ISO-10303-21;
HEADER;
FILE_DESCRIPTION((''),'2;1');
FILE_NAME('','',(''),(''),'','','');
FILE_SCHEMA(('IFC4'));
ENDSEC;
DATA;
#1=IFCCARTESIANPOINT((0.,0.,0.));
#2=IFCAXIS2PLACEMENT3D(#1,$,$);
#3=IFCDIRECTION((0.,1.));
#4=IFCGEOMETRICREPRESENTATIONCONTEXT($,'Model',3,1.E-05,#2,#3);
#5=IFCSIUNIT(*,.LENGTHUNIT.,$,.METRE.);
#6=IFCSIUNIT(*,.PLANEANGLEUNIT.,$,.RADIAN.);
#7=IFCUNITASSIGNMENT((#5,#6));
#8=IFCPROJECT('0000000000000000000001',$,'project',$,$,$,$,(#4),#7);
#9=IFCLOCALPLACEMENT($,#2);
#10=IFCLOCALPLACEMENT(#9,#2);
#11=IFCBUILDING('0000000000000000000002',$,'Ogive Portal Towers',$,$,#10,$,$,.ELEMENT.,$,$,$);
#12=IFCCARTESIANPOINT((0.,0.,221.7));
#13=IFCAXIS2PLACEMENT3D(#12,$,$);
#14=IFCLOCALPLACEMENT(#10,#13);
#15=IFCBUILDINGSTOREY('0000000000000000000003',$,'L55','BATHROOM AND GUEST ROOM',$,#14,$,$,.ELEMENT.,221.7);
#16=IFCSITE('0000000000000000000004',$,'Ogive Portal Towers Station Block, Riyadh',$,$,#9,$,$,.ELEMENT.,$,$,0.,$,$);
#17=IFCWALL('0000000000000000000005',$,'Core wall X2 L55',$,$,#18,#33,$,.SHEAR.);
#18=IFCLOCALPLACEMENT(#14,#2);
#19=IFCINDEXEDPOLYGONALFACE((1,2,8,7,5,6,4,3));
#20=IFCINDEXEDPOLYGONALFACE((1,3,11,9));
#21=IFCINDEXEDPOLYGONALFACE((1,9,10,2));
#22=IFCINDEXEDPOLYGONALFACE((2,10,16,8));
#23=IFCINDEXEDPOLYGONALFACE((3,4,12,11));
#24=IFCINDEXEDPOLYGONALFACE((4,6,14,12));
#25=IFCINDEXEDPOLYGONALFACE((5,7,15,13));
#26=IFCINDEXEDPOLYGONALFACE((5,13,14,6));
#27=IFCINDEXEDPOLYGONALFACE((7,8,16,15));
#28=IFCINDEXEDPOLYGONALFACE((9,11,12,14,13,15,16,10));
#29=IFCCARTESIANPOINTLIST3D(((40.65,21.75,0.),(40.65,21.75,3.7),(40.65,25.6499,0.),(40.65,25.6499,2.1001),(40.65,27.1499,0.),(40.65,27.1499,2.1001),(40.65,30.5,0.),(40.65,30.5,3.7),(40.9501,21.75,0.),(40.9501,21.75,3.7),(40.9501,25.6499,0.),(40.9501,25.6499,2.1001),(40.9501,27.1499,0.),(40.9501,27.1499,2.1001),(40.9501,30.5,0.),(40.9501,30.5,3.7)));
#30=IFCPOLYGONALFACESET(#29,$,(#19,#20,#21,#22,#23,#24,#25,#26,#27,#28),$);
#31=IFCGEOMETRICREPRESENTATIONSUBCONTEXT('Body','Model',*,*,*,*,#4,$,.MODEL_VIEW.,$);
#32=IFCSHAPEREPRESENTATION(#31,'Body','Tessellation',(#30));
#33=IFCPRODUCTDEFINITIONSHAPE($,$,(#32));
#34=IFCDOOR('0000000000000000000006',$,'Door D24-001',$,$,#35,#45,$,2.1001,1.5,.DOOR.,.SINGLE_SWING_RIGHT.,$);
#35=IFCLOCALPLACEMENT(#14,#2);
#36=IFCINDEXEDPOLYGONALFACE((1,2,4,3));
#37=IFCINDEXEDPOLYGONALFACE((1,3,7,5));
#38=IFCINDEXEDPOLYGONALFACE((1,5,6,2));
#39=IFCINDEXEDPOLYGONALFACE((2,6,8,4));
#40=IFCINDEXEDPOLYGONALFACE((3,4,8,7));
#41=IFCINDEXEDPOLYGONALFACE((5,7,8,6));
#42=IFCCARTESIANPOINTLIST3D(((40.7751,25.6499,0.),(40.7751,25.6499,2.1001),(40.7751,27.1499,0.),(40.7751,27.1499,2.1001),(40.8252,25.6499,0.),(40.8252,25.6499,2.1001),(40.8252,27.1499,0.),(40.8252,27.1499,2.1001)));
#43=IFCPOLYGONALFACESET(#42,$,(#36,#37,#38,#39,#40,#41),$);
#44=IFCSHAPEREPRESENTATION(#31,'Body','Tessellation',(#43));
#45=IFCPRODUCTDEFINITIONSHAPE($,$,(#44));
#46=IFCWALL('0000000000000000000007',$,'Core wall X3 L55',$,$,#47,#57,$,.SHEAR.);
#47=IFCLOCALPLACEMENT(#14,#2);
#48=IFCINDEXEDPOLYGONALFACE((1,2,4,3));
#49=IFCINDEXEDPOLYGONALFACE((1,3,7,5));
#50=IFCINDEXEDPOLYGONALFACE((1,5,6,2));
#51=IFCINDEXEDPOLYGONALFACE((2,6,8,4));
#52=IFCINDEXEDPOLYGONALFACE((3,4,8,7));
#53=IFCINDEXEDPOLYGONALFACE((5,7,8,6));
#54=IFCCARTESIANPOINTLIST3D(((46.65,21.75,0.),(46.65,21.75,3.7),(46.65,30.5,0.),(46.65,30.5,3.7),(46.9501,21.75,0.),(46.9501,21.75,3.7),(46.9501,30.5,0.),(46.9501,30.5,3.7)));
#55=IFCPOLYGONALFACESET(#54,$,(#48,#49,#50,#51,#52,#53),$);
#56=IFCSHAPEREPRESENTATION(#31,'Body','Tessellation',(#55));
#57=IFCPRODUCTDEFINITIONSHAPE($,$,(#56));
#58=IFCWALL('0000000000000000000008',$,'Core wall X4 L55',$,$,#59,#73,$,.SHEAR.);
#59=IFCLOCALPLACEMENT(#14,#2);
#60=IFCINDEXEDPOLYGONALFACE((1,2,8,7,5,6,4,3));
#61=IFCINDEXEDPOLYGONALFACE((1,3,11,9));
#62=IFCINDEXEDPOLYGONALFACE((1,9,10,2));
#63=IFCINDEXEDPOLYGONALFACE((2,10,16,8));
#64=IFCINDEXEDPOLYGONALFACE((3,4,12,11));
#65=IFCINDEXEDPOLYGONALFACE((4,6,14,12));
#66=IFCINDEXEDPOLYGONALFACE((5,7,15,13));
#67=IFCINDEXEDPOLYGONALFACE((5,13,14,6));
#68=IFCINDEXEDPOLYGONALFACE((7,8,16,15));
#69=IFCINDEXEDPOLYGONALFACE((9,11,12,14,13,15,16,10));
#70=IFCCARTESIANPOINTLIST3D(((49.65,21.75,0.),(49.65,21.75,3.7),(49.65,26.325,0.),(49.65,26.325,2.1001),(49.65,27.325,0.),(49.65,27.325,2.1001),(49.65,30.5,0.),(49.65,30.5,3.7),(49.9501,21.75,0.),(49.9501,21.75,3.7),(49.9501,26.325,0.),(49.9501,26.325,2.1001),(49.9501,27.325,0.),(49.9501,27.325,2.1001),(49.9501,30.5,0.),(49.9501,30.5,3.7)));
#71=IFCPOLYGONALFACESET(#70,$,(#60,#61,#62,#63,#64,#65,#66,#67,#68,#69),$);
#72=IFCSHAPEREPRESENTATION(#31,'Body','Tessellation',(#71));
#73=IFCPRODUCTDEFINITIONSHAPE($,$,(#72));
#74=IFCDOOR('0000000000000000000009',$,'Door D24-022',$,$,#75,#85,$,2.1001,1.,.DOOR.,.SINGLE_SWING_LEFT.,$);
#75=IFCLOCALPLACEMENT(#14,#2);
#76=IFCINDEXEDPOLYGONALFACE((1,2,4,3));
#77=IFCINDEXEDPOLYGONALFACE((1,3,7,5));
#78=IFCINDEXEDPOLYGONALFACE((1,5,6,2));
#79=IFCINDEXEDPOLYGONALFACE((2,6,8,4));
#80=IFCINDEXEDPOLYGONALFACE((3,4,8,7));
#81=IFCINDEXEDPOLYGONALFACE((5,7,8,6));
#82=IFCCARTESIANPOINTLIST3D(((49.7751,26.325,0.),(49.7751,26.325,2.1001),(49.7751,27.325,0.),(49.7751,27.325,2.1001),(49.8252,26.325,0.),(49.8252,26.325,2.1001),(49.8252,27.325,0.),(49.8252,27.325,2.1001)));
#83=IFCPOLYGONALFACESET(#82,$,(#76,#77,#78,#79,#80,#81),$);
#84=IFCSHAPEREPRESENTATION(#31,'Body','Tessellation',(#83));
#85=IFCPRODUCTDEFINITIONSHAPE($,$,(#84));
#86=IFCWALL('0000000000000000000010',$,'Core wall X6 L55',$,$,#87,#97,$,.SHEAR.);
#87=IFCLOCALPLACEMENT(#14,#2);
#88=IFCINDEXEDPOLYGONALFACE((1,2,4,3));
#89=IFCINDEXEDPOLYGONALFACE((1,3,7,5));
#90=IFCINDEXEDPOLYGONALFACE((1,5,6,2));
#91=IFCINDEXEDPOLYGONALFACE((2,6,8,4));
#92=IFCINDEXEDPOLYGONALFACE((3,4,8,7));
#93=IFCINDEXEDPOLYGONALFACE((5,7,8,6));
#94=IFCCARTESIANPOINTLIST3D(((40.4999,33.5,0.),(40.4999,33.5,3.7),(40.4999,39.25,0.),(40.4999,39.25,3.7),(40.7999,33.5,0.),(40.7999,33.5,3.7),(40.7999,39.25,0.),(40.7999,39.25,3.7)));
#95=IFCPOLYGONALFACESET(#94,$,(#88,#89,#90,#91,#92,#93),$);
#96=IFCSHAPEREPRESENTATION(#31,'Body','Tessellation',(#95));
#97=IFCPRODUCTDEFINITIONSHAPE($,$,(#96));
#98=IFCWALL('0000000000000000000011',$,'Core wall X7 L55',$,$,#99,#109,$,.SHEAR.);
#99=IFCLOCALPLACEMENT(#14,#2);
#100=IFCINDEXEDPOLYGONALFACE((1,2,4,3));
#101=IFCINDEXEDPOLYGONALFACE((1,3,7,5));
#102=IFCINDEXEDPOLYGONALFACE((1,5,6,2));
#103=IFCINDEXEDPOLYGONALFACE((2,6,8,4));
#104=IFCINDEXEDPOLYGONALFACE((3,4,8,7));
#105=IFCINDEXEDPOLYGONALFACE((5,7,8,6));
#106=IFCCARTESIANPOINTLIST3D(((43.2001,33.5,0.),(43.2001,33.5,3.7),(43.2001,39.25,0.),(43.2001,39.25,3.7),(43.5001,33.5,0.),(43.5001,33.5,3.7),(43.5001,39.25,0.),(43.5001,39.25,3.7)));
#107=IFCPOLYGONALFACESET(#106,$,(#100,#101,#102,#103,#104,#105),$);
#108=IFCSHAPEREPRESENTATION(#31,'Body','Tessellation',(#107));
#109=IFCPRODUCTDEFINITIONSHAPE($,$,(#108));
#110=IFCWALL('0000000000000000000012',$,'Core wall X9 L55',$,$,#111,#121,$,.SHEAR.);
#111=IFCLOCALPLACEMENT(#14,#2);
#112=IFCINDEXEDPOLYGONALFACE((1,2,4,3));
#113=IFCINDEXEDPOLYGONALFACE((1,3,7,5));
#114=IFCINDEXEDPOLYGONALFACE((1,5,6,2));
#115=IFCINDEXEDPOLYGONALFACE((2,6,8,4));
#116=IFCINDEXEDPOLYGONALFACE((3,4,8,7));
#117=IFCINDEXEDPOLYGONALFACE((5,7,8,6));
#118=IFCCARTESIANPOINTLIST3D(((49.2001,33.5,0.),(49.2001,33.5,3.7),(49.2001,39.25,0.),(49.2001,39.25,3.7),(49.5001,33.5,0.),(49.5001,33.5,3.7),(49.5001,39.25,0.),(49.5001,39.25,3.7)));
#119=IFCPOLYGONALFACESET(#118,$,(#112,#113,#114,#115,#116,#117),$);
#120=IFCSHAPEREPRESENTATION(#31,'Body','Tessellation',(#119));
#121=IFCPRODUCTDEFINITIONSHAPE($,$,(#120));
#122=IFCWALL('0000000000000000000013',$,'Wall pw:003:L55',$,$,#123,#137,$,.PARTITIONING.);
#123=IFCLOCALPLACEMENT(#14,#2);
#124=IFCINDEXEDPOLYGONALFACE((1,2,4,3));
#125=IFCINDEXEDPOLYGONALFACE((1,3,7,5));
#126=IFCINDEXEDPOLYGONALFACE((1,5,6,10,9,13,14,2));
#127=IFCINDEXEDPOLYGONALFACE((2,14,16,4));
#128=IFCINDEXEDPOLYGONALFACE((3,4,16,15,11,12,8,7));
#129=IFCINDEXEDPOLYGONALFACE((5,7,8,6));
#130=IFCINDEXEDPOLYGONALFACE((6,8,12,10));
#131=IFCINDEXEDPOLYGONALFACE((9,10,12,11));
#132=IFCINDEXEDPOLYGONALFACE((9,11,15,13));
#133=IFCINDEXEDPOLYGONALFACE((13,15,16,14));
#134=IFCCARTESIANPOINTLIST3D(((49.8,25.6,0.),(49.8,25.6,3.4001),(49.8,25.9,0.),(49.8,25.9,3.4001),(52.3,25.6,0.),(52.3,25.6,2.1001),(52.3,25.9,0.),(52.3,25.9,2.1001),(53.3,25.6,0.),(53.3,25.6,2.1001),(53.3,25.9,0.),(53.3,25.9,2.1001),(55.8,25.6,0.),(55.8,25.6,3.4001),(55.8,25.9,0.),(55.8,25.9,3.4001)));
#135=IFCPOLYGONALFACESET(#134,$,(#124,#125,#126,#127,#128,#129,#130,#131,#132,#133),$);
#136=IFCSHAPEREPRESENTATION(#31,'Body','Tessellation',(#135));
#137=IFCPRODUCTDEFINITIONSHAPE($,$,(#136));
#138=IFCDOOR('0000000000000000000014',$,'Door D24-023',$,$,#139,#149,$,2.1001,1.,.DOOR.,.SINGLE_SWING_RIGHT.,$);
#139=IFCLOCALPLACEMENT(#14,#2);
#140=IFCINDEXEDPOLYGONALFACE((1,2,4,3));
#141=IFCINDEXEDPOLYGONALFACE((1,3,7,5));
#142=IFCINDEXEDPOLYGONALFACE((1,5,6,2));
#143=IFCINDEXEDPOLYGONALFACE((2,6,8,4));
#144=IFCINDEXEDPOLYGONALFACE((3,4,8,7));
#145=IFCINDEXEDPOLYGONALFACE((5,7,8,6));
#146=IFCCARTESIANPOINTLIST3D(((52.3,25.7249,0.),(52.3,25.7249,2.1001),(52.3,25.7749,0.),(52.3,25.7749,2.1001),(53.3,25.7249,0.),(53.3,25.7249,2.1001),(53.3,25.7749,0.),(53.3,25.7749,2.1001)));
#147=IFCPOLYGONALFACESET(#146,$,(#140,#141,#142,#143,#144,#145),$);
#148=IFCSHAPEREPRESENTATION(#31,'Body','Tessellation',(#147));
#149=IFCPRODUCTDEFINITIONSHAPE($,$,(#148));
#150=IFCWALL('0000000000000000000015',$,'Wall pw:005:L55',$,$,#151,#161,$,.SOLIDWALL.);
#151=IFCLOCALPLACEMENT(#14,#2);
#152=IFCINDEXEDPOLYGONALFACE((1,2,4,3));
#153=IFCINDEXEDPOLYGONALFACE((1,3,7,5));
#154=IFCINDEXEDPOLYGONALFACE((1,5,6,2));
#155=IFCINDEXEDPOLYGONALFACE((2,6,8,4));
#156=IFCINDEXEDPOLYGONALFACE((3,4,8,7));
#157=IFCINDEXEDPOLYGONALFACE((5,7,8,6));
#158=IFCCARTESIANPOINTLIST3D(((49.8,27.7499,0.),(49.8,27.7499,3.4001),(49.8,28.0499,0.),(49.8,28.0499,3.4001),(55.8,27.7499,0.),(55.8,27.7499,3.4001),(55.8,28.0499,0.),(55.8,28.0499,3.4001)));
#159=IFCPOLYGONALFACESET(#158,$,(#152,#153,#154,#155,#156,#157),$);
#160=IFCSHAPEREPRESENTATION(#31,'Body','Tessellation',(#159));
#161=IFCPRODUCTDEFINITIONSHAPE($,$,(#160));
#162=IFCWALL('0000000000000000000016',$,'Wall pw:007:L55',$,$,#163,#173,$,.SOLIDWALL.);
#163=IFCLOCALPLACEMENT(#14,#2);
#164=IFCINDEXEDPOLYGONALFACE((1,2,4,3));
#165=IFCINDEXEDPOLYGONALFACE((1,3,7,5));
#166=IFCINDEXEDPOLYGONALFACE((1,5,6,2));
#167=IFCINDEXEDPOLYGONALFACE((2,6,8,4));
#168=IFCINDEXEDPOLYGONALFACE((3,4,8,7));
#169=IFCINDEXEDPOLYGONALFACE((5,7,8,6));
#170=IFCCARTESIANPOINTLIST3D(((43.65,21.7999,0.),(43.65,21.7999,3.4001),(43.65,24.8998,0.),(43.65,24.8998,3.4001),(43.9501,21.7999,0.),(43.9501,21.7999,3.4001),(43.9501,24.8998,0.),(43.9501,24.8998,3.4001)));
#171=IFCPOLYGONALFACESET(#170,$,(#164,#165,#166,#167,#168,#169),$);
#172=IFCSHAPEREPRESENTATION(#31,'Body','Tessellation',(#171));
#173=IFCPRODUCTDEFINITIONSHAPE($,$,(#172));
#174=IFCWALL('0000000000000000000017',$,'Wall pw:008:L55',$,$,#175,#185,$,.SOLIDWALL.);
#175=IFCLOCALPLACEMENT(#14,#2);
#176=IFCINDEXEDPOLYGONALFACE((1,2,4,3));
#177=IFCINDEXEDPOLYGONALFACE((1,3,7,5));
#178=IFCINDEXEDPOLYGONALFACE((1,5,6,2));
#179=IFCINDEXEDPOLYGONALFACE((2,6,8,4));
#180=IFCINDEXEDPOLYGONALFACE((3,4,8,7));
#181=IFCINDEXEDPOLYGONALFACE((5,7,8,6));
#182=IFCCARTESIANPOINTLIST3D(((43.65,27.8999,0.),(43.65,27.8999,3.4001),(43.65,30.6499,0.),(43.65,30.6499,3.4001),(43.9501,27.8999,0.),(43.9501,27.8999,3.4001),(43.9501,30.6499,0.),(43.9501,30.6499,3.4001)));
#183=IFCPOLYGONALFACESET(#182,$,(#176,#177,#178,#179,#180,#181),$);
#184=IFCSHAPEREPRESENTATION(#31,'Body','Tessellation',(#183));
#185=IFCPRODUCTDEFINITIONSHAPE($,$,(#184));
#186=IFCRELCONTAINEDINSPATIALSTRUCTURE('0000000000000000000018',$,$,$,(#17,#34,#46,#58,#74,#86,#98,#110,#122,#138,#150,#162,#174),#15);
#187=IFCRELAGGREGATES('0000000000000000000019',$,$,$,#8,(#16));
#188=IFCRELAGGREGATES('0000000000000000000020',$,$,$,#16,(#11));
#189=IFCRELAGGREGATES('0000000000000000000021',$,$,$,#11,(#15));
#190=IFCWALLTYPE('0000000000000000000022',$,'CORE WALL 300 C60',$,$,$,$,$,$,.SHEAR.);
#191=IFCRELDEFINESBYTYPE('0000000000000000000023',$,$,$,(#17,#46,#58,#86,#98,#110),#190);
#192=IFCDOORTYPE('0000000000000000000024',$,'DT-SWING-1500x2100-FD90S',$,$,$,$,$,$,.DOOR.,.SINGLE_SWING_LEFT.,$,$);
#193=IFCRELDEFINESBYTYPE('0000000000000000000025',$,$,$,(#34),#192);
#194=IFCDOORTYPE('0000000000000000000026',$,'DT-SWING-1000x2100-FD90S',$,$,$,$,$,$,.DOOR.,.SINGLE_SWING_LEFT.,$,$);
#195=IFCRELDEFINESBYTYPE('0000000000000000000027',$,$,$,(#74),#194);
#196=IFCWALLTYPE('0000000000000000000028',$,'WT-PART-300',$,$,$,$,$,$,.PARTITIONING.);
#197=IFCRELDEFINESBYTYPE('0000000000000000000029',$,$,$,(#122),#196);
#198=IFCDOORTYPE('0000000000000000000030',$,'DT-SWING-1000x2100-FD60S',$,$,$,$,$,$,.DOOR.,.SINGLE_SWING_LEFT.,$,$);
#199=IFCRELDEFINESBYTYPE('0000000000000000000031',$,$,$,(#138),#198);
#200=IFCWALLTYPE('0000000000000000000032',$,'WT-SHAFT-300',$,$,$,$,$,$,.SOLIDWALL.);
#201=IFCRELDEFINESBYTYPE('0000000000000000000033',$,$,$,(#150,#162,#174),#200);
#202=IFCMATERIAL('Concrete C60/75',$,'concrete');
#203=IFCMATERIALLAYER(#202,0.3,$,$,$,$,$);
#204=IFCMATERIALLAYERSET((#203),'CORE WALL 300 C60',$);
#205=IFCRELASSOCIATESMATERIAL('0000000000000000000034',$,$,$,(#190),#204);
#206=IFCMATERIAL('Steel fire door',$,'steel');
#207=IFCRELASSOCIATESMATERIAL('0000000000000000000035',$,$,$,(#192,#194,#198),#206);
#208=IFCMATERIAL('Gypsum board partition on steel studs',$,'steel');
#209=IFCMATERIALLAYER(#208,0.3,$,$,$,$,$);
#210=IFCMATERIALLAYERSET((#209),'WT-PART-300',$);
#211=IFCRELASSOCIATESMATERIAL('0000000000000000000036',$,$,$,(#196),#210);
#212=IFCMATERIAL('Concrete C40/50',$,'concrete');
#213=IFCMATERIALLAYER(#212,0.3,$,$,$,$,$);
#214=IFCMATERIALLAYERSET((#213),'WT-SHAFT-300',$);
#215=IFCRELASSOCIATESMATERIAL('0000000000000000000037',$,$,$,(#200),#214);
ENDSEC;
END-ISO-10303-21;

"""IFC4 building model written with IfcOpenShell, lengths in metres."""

from ifc_helpers import new_model, si_unit, direction, frame, frame_2d, origin, place, context, subcontext, project, spatial, rectangle, extrude, material, layer, layer_set, type_object, element, fill, save


model = new_model("IFC4")

# Units and contexts
model_context = context("Model", 3, precision=1e-05, world=origin(), true_north=direction((0.0, 1.0)))
body_context = subcontext(model_context, "Body", "Model", "MODEL_VIEW")
ifc_project = project(units=[si_unit("LENGTHUNIT", "METRE"), si_unit("PLANEANGLEUNIT", "RADIAN")], contexts=[model_context])

# Site, building, storey
site_placement = place(None, origin())
site = spatial("IfcSite", under=ifc_project, at=site_placement, Name="Ogive Portal Towers Station Block, Riyadh", CompositionType="ELEMENT", RefElevation=0.0)
building_placement = place(site_placement, origin())
building = spatial("IfcBuilding", under=site, at=building_placement, Name="Ogive Portal Towers", CompositionType="ELEMENT")
storey_placement = place(building_placement, frame((0.0, 0.0, 221.7)))
storey = spatial("IfcBuildingStorey", under=building, at=storey_placement, Name="L55", Description="BATHROOM AND GUEST ROOM", CompositionType="ELEMENT", Elevation=221.7)

# Wall, opening, door
ifc_material_1 = material(Name="Concrete C60/75", Category="concrete")
ifc_layer_1 = layer(ifc_material_1, 0.3)
ifc_layer_set_1 = layer_set([ifc_layer_1], Name="CORE WALL 300 C60")
wall_type_1 = type_object("IfcWallType", Name="CORE WALL 300 C60", PredefinedType="SHEAR", material=ifc_layer_set_1)
wall_1_placement = place(storey_placement, frame((40.8, 21.75, 0.0), z_axis=(0.0, 0.0, 1.0), x_axis=(0.0, 1.0, 0.0)))
wall_1 = element("IfcWall", 1, at=wall_1_placement, inside=storey, type_object=wall_type_1, Name="Core wall X2 L55", PredefinedType="SHEAR", context=body_context, shape_type="SweptSolid", body=[
    extrude(rectangle(XDim=8.75, YDim=0.3, at=frame_2d((4.375, 0.0))), origin(), (0.0, 0.0, 1.0), 3.7),
])
opening_1_placement = place(wall_1_placement, frame((3.8999, 0.0, 0.0)))
opening_1 = element("IfcOpeningElement", 2, at=opening_1_placement, cuts=wall_1, PredefinedType="OPENING", context=body_context, shape_type="SweptSolid", body=[
    extrude(rectangle(XDim=1.5, YDim=2.1001, at=frame_2d((0.75, 1.05))), frame((0.0, 0.1602, 0.0), z_axis=(0.0, -1.0, 0.0), x_axis=(1.0, 0.0, 0.0)), (0.0, 0.0, 1.0), 0.3201),
])
ifc_material_2 = material(Name="Steel fire door", Category="steel")
door_type_1 = type_object("IfcDoorType", Name="DT-SWING-1500x2100-FD90S", OperationType="SINGLE_SWING_LEFT", PredefinedType="DOOR", material=ifc_material_2)
door_1_placement = place(opening_1_placement, origin())
door_1 = element("IfcDoor", 3, at=door_1_placement, inside=storey, type_object=door_type_1, Name="Door D24-001", OperationType="SINGLE_SWING_RIGHT", OverallHeight=2.1001, OverallWidth=1.5, PredefinedType="DOOR", context=body_context, shape_type="SweptSolid", body=[
    extrude(rectangle(XDim=1.5, YDim=2.1001, at=frame_2d((0.75, 1.05))), frame((0.0, 0.0249, 0.0), z_axis=(0.0, -1.0, 0.0), x_axis=(1.0, 0.0, 0.0)), (0.0, 0.0, 1.0), 0.05),
])
fill(opening_1, door_1)

# Wall
wall_2_placement = place(storey_placement, frame((46.8, 21.75, 0.0), z_axis=(0.0, 0.0, 1.0), x_axis=(0.0, 1.0, 0.0)))
element("IfcWall", 4, at=wall_2_placement, inside=storey, type_object=wall_type_1, Name="Core wall X3 L55", PredefinedType="SHEAR", context=body_context, shape_type="SweptSolid", body=[
    extrude(rectangle(XDim=8.75, YDim=0.3, at=frame_2d((4.375, 0.0))), origin(), (0.0, 0.0, 1.0), 3.7),
])

# Wall, opening, door
wall_3_placement = place(storey_placement, frame((49.8, 21.75, 0.0), z_axis=(0.0, 0.0, 1.0), x_axis=(0.0, 1.0, 0.0)))
wall_3 = element("IfcWall", 5, at=wall_3_placement, inside=storey, type_object=wall_type_1, Name="Core wall X4 L55", PredefinedType="SHEAR", context=body_context, shape_type="SweptSolid", body=[
    extrude(rectangle(XDim=8.75, YDim=0.3, at=frame_2d((4.375, 0.0))), origin(), (0.0, 0.0, 1.0), 3.7),
])
opening_2_placement = place(wall_3_placement, frame((4.575, 0.0, 0.0)))
opening_2 = element("IfcOpeningElement", 6, at=opening_2_placement, cuts=wall_3, PredefinedType="OPENING", context=body_context, shape_type="SweptSolid", body=[
    extrude(rectangle(XDim=1.0, YDim=2.1001, at=frame_2d((0.5, 1.05))), frame((0.0, 0.1602, 0.0), z_axis=(0.0, -1.0, 0.0), x_axis=(1.0, 0.0, 0.0)), (0.0, 0.0, 1.0), 0.3201),
])
door_type_2 = type_object("IfcDoorType", Name="DT-SWING-1000x2100-FD90S", OperationType="SINGLE_SWING_LEFT", PredefinedType="DOOR", material=ifc_material_2)
door_2_placement = place(opening_2_placement, origin())
door_2 = element("IfcDoor", 7, at=door_2_placement, inside=storey, type_object=door_type_2, Name="Door D24-022", OperationType="SINGLE_SWING_LEFT", OverallHeight=2.1001, OverallWidth=1.0, PredefinedType="DOOR", context=body_context, shape_type="SweptSolid", body=[
    extrude(rectangle(XDim=1.0, YDim=2.1001, at=frame_2d((0.5, 1.05))), frame((0.0, 0.0249, 0.0), z_axis=(0.0, -1.0, 0.0), x_axis=(1.0, 0.0, 0.0)), (0.0, 0.0, 1.0), 0.05),
])
fill(opening_2, door_2)

# Walls
for number, where, z_axis, x_axis, name in (
    (8, (40.6499, 33.5, 0.0), (0.0, 0.0, 1.0), (0.0, 1.0, 0.0), "Core wall X6 L55"),
    (9, (43.3501, 33.5, 0.0), (0.0, 0.0, 1.0), (0.0, 1.0, 0.0), "Core wall X7 L55"),
    (10, (49.3501, 33.5, 0.0), (0.0, 0.0, 1.0), (0.0, 1.0, 0.0), "Core wall X9 L55"),
):
    element("IfcWall", number, at=place(storey_placement, frame(where, z_axis=z_axis, x_axis=x_axis)), inside=storey, type_object=wall_type_1, Name=name, PredefinedType="SHEAR", context=body_context, shape_type="SweptSolid", body=[
        extrude(rectangle(XDim=5.75, YDim=0.3, at=frame_2d((2.875, 0.0))), origin(), (0.0, 0.0, 1.0), 3.7),
    ])

# Wall, opening, door
ifc_material_3 = material(Name="Gypsum board partition on steel studs", Category="steel")
ifc_layer_2 = layer(ifc_material_3, 0.3)
ifc_layer_set_2 = layer_set([ifc_layer_2], Name="WT-PART-300")
wall_type_2 = type_object("IfcWallType", Name="WT-PART-300", PredefinedType="PARTITIONING", material=ifc_layer_set_2)
wall_4_placement = place(storey_placement, frame((49.8, 25.75, 0.0), z_axis=(0.0, 0.0, 1.0), x_axis=(1.0, 0.0, 0.0)))
wall_4 = element("IfcWall", 11, at=wall_4_placement, inside=storey, type_object=wall_type_2, Name="Wall pw:003:L55", PredefinedType="PARTITIONING", context=body_context, shape_type="SweptSolid", body=[
    extrude(rectangle(XDim=6.0, YDim=0.3, at=frame_2d((3.0, 0.0))), origin(), (0.0, 0.0, 1.0), 3.4001),
])
opening_3_placement = place(wall_4_placement, frame((2.5, 0.0, 0.0)))
opening_3 = element("IfcOpeningElement", 12, at=opening_3_placement, cuts=wall_4, PredefinedType="OPENING", context=body_context, shape_type="SweptSolid", body=[
    extrude(rectangle(XDim=1.0, YDim=2.1001, at=frame_2d((0.5, 1.05))), frame((0.0, 0.1602, 0.0), z_axis=(0.0, -1.0, 0.0), x_axis=(1.0, 0.0, 0.0)), (0.0, 0.0, 1.0), 0.3201),
])
door_type_3 = type_object("IfcDoorType", Name="DT-SWING-1000x2100-FD60S", OperationType="SINGLE_SWING_LEFT", PredefinedType="DOOR", material=ifc_material_2)
door_3_placement = place(opening_3_placement, origin())
door_3 = element("IfcDoor", 13, at=door_3_placement, inside=storey, type_object=door_type_3, Name="Door D24-023", OperationType="SINGLE_SWING_RIGHT", OverallHeight=2.1001, OverallWidth=1.0, PredefinedType="DOOR", context=body_context, shape_type="SweptSolid", body=[
    extrude(rectangle(XDim=1.0, YDim=2.1001, at=frame_2d((0.5, 1.05))), frame((0.0, 0.0249, 0.0), z_axis=(0.0, -1.0, 0.0), x_axis=(1.0, 0.0, 0.0)), (0.0, 0.0, 1.0), 0.05),
])
fill(opening_3, door_3)

# Shared definitions
ifc_material_4 = material(Name="Concrete C40/50", Category="concrete")
ifc_layer_3 = layer(ifc_material_4, 0.3)
ifc_layer_set_3 = layer_set([ifc_layer_3], Name="WT-SHAFT-300")
wall_type_3 = type_object("IfcWallType", Name="WT-SHAFT-300", PredefinedType="SOLIDWALL", material=ifc_layer_set_3)

# Walls
wall_5_placement = place(storey_placement, frame((49.8, 27.8999, 0.0), z_axis=(0.0, 0.0, 1.0), x_axis=(1.0, 0.0, 0.0)))
element("IfcWall", 14, at=wall_5_placement, inside=storey, type_object=wall_type_3, Name="Wall pw:005:L55", PredefinedType="SOLIDWALL", context=body_context, shape_type="SweptSolid", body=[
    extrude(rectangle(XDim=6.0, YDim=0.3, at=frame_2d((3.0, 0.0))), origin(), (0.0, 0.0, 1.0), 3.4001),
])
wall_6_placement = place(storey_placement, frame((43.8, 21.8, 0.0), z_axis=(0.0, 0.0, 1.0), x_axis=(0.0, 1.0, 0.0)))
element("IfcWall", 15, at=wall_6_placement, inside=storey, type_object=wall_type_3, Name="Wall pw:007:L55", PredefinedType="SOLIDWALL", context=body_context, shape_type="SweptSolid", body=[
    extrude(rectangle(XDim=3.0999, YDim=0.3, at=frame_2d((1.5498, 0.0))), origin(), (0.0, 0.0, 1.0), 3.4001),
])
for number, where, z_axis, x_axis, name in (
    (16, (43.8, 27.8999, 0.0), (0.0, 0.0, 1.0), (0.0, 1.0, 0.0), "Wall pw:008:L55"),
):
    element("IfcWall", number, at=place(storey_placement, frame(where, z_axis=z_axis, x_axis=x_axis)), inside=storey, type_object=wall_type_3, Name=name, PredefinedType="SOLIDWALL", context=body_context, shape_type="SweptSolid", body=[
        extrude(rectangle(XDim=2.75, YDim=0.3, at=frame_2d((1.375, 0.0))), origin(), (0.0, 0.0, 1.0), 3.4001),
    ])

save(model, "model.ifc")
